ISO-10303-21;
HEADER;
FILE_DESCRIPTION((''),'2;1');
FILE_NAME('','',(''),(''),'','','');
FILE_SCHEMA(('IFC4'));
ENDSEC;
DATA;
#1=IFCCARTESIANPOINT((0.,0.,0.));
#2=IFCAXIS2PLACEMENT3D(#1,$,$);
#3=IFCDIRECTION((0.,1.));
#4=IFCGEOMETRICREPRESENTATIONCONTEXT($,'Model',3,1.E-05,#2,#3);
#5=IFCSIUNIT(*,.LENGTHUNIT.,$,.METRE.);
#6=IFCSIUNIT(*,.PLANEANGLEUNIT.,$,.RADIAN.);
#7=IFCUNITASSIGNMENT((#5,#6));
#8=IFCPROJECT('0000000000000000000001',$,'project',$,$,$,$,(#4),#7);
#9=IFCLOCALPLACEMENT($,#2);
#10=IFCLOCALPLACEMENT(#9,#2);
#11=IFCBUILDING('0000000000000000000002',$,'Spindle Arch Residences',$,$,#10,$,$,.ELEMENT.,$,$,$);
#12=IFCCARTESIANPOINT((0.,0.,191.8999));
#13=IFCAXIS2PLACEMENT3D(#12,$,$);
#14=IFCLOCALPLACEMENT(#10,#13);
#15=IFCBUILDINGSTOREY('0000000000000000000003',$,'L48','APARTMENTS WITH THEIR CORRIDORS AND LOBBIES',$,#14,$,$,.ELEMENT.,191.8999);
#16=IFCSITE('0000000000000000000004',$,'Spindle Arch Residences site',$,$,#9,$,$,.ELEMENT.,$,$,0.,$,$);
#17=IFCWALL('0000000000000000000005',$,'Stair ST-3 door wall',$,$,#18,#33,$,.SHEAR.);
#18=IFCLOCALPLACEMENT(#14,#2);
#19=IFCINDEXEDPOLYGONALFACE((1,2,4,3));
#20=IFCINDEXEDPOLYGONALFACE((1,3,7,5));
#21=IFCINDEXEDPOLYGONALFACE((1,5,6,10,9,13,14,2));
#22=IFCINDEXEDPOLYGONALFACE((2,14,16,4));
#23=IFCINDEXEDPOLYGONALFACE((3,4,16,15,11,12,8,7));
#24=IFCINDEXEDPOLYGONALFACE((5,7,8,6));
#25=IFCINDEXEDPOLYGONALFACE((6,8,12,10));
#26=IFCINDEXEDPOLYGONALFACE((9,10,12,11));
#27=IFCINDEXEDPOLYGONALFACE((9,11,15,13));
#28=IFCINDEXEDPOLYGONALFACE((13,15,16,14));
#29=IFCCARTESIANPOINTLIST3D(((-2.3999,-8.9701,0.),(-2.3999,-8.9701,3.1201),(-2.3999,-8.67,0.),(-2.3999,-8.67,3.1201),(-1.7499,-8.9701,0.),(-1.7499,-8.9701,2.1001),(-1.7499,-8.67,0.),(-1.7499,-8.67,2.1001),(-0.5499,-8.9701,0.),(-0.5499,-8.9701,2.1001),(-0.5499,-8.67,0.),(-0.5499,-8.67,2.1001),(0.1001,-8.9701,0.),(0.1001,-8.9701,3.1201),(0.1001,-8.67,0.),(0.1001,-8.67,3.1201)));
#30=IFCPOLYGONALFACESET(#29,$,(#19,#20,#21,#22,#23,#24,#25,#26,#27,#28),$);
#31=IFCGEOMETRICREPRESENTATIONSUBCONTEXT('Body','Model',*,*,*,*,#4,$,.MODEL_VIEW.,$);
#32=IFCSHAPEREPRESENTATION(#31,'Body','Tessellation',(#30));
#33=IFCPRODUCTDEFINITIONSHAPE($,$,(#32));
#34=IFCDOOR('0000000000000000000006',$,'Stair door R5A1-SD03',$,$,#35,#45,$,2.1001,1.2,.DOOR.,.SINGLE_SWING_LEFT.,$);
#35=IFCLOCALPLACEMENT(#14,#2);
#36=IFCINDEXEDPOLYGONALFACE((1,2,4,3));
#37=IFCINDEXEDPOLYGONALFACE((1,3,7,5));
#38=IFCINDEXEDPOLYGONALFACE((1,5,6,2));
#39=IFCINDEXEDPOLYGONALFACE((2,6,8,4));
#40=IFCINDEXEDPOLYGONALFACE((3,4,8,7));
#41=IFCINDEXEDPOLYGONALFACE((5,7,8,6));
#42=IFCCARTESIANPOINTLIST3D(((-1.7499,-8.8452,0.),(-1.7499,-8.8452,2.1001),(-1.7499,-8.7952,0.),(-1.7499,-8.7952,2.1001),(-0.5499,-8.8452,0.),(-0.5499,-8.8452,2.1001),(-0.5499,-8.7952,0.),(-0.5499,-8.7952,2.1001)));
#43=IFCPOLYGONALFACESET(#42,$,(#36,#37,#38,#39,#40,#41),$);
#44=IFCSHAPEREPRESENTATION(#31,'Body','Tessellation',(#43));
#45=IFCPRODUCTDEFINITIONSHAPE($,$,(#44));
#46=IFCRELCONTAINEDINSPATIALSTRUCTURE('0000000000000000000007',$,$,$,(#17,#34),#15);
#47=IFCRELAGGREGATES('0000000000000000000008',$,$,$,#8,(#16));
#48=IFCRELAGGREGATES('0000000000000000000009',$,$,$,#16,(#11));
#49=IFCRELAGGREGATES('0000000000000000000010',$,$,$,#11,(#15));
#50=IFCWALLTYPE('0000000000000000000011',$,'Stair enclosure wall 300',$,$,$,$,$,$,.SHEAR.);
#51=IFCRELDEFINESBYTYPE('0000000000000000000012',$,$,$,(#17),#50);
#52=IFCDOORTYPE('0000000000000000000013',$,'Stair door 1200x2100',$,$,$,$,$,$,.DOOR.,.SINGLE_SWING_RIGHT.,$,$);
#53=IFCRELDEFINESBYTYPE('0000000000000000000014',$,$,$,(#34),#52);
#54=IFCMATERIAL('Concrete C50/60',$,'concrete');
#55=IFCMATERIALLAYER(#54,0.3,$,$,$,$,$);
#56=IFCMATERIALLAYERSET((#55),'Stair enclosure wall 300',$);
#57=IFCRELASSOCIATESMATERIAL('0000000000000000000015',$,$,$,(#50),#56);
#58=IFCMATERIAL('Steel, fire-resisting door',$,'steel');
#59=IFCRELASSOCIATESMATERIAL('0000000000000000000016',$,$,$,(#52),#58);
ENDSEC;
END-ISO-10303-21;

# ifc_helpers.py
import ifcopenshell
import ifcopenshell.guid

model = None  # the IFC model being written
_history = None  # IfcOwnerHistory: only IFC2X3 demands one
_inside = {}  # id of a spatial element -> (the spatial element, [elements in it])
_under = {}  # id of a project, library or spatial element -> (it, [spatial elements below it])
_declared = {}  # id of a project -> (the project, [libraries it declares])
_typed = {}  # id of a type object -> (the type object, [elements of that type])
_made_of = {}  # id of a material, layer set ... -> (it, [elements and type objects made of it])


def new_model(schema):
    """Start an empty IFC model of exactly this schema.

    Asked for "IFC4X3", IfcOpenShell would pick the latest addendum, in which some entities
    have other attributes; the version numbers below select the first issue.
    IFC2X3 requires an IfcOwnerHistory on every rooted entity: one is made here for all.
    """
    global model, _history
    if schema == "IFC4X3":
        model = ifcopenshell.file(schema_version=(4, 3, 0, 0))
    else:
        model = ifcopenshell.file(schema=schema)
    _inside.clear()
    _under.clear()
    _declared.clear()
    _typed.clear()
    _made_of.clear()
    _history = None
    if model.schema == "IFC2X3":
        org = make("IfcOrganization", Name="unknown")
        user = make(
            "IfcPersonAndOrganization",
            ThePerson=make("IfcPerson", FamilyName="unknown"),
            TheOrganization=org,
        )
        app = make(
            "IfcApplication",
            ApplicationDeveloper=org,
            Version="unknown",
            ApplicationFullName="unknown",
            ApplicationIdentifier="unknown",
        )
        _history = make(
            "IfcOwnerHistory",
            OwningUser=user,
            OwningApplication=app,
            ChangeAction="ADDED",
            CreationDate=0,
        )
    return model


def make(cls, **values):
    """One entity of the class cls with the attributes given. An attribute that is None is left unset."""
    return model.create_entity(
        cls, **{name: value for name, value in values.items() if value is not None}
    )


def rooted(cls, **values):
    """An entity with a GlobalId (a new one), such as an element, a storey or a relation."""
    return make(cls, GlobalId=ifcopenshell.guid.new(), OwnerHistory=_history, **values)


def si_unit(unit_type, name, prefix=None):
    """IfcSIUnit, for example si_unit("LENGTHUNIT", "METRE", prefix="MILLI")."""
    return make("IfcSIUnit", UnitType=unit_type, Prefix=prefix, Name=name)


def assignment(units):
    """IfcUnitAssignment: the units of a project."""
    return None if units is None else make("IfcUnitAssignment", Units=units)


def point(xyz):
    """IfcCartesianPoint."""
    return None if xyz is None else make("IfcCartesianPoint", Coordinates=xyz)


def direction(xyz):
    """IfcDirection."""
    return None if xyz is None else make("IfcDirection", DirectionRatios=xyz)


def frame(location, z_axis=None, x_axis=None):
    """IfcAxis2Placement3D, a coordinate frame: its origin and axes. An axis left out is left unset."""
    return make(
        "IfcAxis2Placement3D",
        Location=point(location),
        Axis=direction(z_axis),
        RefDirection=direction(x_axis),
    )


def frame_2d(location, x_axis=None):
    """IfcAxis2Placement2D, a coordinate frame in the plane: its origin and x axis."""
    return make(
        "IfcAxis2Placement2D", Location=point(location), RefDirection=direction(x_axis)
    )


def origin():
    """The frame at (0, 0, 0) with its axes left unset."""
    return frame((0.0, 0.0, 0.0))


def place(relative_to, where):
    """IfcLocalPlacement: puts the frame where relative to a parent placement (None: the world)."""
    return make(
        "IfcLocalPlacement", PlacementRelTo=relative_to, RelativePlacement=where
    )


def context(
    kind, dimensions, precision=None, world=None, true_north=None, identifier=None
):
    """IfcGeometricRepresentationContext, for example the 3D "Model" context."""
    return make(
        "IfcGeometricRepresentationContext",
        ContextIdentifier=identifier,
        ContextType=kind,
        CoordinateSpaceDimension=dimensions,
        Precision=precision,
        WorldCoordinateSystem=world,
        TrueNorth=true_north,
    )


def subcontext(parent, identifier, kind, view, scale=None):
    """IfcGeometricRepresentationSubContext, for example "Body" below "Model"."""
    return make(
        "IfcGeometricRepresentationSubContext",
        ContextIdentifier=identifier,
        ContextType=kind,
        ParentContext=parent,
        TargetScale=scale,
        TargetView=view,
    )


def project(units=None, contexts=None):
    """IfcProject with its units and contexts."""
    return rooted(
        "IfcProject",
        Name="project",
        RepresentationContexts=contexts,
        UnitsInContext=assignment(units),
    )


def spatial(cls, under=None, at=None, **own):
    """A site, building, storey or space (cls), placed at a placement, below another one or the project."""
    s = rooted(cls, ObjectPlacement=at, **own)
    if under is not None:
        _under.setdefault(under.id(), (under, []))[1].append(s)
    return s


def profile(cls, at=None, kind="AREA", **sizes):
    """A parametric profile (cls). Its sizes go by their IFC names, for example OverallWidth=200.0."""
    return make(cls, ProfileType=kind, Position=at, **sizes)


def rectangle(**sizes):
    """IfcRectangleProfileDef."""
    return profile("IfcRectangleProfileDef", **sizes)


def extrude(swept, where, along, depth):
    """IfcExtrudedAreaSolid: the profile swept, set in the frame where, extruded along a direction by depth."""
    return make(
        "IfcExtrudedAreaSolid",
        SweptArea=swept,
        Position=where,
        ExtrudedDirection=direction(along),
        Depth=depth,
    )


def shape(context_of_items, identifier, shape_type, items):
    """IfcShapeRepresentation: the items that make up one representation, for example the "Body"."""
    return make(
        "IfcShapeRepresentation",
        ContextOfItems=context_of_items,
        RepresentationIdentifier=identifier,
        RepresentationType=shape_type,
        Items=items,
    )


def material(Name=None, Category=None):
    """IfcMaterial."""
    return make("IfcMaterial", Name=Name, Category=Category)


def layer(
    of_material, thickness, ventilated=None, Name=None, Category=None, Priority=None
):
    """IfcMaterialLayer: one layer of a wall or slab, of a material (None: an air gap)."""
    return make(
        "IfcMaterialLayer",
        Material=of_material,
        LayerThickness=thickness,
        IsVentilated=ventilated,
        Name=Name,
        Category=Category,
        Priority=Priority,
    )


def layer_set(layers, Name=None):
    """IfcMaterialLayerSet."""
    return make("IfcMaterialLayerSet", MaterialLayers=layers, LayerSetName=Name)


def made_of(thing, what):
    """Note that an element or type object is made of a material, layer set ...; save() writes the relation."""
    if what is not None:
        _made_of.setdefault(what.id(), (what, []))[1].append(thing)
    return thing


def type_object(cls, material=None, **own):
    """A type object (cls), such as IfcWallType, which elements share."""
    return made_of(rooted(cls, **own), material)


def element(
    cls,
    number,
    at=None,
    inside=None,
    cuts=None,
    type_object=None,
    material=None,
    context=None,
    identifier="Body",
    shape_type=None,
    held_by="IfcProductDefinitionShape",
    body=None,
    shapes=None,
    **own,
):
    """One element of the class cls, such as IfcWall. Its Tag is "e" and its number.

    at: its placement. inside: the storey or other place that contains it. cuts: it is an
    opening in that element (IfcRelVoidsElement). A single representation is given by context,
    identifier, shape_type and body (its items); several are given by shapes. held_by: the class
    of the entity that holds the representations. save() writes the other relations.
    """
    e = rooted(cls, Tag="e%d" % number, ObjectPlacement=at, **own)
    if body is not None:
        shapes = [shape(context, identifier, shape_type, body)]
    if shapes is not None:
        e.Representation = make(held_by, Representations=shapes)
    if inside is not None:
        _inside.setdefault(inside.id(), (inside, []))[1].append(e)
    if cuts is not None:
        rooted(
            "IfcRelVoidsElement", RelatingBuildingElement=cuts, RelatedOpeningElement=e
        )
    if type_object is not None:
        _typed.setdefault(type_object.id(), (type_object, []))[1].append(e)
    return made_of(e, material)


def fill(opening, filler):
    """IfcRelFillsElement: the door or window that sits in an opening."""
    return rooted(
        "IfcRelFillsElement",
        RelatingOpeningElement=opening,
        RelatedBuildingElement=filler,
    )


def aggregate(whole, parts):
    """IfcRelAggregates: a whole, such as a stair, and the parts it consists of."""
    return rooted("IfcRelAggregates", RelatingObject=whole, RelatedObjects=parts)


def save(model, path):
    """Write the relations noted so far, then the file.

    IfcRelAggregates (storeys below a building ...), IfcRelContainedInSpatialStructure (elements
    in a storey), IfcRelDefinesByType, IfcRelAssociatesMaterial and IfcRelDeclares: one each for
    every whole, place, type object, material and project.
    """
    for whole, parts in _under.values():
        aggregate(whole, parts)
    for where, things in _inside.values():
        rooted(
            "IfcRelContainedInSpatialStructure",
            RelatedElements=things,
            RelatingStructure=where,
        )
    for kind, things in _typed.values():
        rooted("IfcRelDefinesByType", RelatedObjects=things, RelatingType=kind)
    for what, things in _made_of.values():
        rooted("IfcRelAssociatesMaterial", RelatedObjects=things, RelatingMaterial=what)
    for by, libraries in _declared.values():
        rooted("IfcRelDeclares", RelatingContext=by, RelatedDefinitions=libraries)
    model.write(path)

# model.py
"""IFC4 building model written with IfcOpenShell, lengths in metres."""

from ifc_helpers import new_model, si_unit, direction, frame, frame_2d, origin, place, context, subcontext, project, spatial, rectangle, extrude, material, layer, layer_set, type_object, element, fill, save


model = new_model("IFC4")

# Units and contexts
model_context = context("Model", 3, precision=1e-05, world=origin(), true_north=direction((0.0, 1.0)))
body_context = subcontext(model_context, "Body", "Model", "MODEL_VIEW")
ifc_project = project(units=[si_unit("LENGTHUNIT", "METRE"), si_unit("PLANEANGLEUNIT", "RADIAN")], contexts=[model_context])

# Site, building, storey
site_placement = place(None, origin())
site = spatial("IfcSite", under=ifc_project, at=site_placement, Name="Spindle Arch Residences site", CompositionType="ELEMENT", RefElevation=0.0)
building_placement = place(site_placement, origin())
building = spatial("IfcBuilding", under=site, at=building_placement, Name="Spindle Arch Residences", CompositionType="ELEMENT")
storey_placement = place(building_placement, frame((0.0, 0.0, 191.8999)))
storey = spatial("IfcBuildingStorey", under=building, at=storey_placement, Name="L48", Description="APARTMENTS WITH THEIR CORRIDORS AND LOBBIES", CompositionType="ELEMENT", Elevation=191.8999)

# Shared definitions
ifc_material_1 = material(Name="Concrete C50/60", Category="concrete")
ifc_layer_1 = layer(ifc_material_1, 0.3)
ifc_layer_set_1 = layer_set([ifc_layer_1], Name="Stair enclosure wall 300")
wall_type_1 = type_object("IfcWallType", Name="Stair enclosure wall 300", PredefinedType="SHEAR", material=ifc_layer_set_1)

# Wall, opening, door
wall_1_placement = place(storey_placement, frame((-2.3999, -8.8201, 0.0), z_axis=(0.0, 0.0, 1.0), x_axis=(1.0, 0.0, 0.0)))
wall_1 = element("IfcWall", 1, at=wall_1_placement, inside=storey, type_object=wall_type_1, Name="Stair ST-3 door wall", PredefinedType="SHEAR", context=body_context, shape_type="SweptSolid", body=[
    extrude(rectangle(XDim=2.5, YDim=0.3, at=frame_2d((1.25, 0.0))), origin(), (0.0, 0.0, 1.0), 3.1201),
])
opening_1_placement = place(wall_1_placement, frame((0.6499, 0.0, 0.0)))
opening_1 = element("IfcOpeningElement", 2, at=opening_1_placement, cuts=wall_1, PredefinedType="OPENING", context=body_context, shape_type="SweptSolid", body=[
    extrude(rectangle(XDim=1.2, YDim=2.1001, at=frame_2d((0.6001, 1.05))), frame((0.0, 0.1602, 0.0), z_axis=(0.0, -1.0, 0.0), x_axis=(1.0, 0.0, 0.0)), (0.0, 0.0, 1.0), 0.3201),
])
ifc_material_2 = material(Name="Steel, fire-resisting door", Category="steel")
door_type_1 = type_object("IfcDoorType", Name="Stair door 1200x2100", OperationType="SINGLE_SWING_RIGHT", PredefinedType="DOOR", material=ifc_material_2)
door_1_placement = place(opening_1_placement, origin())
door_1 = element("IfcDoor", 3, at=door_1_placement, inside=storey, type_object=door_type_1, Name="Stair door R5A1-SD03", OperationType="SINGLE_SWING_LEFT", OverallHeight=2.1001, OverallWidth=1.2, PredefinedType="DOOR", context=body_context, shape_type="SweptSolid", body=[
    extrude(rectangle(XDim=1.2, YDim=2.1001, at=frame_2d((0.6001, 1.05))), frame((0.0, 0.0249, 0.0), z_axis=(0.0, -1.0, 0.0), x_axis=(1.0, 0.0, 0.0)), (0.0, 0.0, 1.0), 0.05),
])
fill(opening_1, door_1)

save(model, "model.ifc")
